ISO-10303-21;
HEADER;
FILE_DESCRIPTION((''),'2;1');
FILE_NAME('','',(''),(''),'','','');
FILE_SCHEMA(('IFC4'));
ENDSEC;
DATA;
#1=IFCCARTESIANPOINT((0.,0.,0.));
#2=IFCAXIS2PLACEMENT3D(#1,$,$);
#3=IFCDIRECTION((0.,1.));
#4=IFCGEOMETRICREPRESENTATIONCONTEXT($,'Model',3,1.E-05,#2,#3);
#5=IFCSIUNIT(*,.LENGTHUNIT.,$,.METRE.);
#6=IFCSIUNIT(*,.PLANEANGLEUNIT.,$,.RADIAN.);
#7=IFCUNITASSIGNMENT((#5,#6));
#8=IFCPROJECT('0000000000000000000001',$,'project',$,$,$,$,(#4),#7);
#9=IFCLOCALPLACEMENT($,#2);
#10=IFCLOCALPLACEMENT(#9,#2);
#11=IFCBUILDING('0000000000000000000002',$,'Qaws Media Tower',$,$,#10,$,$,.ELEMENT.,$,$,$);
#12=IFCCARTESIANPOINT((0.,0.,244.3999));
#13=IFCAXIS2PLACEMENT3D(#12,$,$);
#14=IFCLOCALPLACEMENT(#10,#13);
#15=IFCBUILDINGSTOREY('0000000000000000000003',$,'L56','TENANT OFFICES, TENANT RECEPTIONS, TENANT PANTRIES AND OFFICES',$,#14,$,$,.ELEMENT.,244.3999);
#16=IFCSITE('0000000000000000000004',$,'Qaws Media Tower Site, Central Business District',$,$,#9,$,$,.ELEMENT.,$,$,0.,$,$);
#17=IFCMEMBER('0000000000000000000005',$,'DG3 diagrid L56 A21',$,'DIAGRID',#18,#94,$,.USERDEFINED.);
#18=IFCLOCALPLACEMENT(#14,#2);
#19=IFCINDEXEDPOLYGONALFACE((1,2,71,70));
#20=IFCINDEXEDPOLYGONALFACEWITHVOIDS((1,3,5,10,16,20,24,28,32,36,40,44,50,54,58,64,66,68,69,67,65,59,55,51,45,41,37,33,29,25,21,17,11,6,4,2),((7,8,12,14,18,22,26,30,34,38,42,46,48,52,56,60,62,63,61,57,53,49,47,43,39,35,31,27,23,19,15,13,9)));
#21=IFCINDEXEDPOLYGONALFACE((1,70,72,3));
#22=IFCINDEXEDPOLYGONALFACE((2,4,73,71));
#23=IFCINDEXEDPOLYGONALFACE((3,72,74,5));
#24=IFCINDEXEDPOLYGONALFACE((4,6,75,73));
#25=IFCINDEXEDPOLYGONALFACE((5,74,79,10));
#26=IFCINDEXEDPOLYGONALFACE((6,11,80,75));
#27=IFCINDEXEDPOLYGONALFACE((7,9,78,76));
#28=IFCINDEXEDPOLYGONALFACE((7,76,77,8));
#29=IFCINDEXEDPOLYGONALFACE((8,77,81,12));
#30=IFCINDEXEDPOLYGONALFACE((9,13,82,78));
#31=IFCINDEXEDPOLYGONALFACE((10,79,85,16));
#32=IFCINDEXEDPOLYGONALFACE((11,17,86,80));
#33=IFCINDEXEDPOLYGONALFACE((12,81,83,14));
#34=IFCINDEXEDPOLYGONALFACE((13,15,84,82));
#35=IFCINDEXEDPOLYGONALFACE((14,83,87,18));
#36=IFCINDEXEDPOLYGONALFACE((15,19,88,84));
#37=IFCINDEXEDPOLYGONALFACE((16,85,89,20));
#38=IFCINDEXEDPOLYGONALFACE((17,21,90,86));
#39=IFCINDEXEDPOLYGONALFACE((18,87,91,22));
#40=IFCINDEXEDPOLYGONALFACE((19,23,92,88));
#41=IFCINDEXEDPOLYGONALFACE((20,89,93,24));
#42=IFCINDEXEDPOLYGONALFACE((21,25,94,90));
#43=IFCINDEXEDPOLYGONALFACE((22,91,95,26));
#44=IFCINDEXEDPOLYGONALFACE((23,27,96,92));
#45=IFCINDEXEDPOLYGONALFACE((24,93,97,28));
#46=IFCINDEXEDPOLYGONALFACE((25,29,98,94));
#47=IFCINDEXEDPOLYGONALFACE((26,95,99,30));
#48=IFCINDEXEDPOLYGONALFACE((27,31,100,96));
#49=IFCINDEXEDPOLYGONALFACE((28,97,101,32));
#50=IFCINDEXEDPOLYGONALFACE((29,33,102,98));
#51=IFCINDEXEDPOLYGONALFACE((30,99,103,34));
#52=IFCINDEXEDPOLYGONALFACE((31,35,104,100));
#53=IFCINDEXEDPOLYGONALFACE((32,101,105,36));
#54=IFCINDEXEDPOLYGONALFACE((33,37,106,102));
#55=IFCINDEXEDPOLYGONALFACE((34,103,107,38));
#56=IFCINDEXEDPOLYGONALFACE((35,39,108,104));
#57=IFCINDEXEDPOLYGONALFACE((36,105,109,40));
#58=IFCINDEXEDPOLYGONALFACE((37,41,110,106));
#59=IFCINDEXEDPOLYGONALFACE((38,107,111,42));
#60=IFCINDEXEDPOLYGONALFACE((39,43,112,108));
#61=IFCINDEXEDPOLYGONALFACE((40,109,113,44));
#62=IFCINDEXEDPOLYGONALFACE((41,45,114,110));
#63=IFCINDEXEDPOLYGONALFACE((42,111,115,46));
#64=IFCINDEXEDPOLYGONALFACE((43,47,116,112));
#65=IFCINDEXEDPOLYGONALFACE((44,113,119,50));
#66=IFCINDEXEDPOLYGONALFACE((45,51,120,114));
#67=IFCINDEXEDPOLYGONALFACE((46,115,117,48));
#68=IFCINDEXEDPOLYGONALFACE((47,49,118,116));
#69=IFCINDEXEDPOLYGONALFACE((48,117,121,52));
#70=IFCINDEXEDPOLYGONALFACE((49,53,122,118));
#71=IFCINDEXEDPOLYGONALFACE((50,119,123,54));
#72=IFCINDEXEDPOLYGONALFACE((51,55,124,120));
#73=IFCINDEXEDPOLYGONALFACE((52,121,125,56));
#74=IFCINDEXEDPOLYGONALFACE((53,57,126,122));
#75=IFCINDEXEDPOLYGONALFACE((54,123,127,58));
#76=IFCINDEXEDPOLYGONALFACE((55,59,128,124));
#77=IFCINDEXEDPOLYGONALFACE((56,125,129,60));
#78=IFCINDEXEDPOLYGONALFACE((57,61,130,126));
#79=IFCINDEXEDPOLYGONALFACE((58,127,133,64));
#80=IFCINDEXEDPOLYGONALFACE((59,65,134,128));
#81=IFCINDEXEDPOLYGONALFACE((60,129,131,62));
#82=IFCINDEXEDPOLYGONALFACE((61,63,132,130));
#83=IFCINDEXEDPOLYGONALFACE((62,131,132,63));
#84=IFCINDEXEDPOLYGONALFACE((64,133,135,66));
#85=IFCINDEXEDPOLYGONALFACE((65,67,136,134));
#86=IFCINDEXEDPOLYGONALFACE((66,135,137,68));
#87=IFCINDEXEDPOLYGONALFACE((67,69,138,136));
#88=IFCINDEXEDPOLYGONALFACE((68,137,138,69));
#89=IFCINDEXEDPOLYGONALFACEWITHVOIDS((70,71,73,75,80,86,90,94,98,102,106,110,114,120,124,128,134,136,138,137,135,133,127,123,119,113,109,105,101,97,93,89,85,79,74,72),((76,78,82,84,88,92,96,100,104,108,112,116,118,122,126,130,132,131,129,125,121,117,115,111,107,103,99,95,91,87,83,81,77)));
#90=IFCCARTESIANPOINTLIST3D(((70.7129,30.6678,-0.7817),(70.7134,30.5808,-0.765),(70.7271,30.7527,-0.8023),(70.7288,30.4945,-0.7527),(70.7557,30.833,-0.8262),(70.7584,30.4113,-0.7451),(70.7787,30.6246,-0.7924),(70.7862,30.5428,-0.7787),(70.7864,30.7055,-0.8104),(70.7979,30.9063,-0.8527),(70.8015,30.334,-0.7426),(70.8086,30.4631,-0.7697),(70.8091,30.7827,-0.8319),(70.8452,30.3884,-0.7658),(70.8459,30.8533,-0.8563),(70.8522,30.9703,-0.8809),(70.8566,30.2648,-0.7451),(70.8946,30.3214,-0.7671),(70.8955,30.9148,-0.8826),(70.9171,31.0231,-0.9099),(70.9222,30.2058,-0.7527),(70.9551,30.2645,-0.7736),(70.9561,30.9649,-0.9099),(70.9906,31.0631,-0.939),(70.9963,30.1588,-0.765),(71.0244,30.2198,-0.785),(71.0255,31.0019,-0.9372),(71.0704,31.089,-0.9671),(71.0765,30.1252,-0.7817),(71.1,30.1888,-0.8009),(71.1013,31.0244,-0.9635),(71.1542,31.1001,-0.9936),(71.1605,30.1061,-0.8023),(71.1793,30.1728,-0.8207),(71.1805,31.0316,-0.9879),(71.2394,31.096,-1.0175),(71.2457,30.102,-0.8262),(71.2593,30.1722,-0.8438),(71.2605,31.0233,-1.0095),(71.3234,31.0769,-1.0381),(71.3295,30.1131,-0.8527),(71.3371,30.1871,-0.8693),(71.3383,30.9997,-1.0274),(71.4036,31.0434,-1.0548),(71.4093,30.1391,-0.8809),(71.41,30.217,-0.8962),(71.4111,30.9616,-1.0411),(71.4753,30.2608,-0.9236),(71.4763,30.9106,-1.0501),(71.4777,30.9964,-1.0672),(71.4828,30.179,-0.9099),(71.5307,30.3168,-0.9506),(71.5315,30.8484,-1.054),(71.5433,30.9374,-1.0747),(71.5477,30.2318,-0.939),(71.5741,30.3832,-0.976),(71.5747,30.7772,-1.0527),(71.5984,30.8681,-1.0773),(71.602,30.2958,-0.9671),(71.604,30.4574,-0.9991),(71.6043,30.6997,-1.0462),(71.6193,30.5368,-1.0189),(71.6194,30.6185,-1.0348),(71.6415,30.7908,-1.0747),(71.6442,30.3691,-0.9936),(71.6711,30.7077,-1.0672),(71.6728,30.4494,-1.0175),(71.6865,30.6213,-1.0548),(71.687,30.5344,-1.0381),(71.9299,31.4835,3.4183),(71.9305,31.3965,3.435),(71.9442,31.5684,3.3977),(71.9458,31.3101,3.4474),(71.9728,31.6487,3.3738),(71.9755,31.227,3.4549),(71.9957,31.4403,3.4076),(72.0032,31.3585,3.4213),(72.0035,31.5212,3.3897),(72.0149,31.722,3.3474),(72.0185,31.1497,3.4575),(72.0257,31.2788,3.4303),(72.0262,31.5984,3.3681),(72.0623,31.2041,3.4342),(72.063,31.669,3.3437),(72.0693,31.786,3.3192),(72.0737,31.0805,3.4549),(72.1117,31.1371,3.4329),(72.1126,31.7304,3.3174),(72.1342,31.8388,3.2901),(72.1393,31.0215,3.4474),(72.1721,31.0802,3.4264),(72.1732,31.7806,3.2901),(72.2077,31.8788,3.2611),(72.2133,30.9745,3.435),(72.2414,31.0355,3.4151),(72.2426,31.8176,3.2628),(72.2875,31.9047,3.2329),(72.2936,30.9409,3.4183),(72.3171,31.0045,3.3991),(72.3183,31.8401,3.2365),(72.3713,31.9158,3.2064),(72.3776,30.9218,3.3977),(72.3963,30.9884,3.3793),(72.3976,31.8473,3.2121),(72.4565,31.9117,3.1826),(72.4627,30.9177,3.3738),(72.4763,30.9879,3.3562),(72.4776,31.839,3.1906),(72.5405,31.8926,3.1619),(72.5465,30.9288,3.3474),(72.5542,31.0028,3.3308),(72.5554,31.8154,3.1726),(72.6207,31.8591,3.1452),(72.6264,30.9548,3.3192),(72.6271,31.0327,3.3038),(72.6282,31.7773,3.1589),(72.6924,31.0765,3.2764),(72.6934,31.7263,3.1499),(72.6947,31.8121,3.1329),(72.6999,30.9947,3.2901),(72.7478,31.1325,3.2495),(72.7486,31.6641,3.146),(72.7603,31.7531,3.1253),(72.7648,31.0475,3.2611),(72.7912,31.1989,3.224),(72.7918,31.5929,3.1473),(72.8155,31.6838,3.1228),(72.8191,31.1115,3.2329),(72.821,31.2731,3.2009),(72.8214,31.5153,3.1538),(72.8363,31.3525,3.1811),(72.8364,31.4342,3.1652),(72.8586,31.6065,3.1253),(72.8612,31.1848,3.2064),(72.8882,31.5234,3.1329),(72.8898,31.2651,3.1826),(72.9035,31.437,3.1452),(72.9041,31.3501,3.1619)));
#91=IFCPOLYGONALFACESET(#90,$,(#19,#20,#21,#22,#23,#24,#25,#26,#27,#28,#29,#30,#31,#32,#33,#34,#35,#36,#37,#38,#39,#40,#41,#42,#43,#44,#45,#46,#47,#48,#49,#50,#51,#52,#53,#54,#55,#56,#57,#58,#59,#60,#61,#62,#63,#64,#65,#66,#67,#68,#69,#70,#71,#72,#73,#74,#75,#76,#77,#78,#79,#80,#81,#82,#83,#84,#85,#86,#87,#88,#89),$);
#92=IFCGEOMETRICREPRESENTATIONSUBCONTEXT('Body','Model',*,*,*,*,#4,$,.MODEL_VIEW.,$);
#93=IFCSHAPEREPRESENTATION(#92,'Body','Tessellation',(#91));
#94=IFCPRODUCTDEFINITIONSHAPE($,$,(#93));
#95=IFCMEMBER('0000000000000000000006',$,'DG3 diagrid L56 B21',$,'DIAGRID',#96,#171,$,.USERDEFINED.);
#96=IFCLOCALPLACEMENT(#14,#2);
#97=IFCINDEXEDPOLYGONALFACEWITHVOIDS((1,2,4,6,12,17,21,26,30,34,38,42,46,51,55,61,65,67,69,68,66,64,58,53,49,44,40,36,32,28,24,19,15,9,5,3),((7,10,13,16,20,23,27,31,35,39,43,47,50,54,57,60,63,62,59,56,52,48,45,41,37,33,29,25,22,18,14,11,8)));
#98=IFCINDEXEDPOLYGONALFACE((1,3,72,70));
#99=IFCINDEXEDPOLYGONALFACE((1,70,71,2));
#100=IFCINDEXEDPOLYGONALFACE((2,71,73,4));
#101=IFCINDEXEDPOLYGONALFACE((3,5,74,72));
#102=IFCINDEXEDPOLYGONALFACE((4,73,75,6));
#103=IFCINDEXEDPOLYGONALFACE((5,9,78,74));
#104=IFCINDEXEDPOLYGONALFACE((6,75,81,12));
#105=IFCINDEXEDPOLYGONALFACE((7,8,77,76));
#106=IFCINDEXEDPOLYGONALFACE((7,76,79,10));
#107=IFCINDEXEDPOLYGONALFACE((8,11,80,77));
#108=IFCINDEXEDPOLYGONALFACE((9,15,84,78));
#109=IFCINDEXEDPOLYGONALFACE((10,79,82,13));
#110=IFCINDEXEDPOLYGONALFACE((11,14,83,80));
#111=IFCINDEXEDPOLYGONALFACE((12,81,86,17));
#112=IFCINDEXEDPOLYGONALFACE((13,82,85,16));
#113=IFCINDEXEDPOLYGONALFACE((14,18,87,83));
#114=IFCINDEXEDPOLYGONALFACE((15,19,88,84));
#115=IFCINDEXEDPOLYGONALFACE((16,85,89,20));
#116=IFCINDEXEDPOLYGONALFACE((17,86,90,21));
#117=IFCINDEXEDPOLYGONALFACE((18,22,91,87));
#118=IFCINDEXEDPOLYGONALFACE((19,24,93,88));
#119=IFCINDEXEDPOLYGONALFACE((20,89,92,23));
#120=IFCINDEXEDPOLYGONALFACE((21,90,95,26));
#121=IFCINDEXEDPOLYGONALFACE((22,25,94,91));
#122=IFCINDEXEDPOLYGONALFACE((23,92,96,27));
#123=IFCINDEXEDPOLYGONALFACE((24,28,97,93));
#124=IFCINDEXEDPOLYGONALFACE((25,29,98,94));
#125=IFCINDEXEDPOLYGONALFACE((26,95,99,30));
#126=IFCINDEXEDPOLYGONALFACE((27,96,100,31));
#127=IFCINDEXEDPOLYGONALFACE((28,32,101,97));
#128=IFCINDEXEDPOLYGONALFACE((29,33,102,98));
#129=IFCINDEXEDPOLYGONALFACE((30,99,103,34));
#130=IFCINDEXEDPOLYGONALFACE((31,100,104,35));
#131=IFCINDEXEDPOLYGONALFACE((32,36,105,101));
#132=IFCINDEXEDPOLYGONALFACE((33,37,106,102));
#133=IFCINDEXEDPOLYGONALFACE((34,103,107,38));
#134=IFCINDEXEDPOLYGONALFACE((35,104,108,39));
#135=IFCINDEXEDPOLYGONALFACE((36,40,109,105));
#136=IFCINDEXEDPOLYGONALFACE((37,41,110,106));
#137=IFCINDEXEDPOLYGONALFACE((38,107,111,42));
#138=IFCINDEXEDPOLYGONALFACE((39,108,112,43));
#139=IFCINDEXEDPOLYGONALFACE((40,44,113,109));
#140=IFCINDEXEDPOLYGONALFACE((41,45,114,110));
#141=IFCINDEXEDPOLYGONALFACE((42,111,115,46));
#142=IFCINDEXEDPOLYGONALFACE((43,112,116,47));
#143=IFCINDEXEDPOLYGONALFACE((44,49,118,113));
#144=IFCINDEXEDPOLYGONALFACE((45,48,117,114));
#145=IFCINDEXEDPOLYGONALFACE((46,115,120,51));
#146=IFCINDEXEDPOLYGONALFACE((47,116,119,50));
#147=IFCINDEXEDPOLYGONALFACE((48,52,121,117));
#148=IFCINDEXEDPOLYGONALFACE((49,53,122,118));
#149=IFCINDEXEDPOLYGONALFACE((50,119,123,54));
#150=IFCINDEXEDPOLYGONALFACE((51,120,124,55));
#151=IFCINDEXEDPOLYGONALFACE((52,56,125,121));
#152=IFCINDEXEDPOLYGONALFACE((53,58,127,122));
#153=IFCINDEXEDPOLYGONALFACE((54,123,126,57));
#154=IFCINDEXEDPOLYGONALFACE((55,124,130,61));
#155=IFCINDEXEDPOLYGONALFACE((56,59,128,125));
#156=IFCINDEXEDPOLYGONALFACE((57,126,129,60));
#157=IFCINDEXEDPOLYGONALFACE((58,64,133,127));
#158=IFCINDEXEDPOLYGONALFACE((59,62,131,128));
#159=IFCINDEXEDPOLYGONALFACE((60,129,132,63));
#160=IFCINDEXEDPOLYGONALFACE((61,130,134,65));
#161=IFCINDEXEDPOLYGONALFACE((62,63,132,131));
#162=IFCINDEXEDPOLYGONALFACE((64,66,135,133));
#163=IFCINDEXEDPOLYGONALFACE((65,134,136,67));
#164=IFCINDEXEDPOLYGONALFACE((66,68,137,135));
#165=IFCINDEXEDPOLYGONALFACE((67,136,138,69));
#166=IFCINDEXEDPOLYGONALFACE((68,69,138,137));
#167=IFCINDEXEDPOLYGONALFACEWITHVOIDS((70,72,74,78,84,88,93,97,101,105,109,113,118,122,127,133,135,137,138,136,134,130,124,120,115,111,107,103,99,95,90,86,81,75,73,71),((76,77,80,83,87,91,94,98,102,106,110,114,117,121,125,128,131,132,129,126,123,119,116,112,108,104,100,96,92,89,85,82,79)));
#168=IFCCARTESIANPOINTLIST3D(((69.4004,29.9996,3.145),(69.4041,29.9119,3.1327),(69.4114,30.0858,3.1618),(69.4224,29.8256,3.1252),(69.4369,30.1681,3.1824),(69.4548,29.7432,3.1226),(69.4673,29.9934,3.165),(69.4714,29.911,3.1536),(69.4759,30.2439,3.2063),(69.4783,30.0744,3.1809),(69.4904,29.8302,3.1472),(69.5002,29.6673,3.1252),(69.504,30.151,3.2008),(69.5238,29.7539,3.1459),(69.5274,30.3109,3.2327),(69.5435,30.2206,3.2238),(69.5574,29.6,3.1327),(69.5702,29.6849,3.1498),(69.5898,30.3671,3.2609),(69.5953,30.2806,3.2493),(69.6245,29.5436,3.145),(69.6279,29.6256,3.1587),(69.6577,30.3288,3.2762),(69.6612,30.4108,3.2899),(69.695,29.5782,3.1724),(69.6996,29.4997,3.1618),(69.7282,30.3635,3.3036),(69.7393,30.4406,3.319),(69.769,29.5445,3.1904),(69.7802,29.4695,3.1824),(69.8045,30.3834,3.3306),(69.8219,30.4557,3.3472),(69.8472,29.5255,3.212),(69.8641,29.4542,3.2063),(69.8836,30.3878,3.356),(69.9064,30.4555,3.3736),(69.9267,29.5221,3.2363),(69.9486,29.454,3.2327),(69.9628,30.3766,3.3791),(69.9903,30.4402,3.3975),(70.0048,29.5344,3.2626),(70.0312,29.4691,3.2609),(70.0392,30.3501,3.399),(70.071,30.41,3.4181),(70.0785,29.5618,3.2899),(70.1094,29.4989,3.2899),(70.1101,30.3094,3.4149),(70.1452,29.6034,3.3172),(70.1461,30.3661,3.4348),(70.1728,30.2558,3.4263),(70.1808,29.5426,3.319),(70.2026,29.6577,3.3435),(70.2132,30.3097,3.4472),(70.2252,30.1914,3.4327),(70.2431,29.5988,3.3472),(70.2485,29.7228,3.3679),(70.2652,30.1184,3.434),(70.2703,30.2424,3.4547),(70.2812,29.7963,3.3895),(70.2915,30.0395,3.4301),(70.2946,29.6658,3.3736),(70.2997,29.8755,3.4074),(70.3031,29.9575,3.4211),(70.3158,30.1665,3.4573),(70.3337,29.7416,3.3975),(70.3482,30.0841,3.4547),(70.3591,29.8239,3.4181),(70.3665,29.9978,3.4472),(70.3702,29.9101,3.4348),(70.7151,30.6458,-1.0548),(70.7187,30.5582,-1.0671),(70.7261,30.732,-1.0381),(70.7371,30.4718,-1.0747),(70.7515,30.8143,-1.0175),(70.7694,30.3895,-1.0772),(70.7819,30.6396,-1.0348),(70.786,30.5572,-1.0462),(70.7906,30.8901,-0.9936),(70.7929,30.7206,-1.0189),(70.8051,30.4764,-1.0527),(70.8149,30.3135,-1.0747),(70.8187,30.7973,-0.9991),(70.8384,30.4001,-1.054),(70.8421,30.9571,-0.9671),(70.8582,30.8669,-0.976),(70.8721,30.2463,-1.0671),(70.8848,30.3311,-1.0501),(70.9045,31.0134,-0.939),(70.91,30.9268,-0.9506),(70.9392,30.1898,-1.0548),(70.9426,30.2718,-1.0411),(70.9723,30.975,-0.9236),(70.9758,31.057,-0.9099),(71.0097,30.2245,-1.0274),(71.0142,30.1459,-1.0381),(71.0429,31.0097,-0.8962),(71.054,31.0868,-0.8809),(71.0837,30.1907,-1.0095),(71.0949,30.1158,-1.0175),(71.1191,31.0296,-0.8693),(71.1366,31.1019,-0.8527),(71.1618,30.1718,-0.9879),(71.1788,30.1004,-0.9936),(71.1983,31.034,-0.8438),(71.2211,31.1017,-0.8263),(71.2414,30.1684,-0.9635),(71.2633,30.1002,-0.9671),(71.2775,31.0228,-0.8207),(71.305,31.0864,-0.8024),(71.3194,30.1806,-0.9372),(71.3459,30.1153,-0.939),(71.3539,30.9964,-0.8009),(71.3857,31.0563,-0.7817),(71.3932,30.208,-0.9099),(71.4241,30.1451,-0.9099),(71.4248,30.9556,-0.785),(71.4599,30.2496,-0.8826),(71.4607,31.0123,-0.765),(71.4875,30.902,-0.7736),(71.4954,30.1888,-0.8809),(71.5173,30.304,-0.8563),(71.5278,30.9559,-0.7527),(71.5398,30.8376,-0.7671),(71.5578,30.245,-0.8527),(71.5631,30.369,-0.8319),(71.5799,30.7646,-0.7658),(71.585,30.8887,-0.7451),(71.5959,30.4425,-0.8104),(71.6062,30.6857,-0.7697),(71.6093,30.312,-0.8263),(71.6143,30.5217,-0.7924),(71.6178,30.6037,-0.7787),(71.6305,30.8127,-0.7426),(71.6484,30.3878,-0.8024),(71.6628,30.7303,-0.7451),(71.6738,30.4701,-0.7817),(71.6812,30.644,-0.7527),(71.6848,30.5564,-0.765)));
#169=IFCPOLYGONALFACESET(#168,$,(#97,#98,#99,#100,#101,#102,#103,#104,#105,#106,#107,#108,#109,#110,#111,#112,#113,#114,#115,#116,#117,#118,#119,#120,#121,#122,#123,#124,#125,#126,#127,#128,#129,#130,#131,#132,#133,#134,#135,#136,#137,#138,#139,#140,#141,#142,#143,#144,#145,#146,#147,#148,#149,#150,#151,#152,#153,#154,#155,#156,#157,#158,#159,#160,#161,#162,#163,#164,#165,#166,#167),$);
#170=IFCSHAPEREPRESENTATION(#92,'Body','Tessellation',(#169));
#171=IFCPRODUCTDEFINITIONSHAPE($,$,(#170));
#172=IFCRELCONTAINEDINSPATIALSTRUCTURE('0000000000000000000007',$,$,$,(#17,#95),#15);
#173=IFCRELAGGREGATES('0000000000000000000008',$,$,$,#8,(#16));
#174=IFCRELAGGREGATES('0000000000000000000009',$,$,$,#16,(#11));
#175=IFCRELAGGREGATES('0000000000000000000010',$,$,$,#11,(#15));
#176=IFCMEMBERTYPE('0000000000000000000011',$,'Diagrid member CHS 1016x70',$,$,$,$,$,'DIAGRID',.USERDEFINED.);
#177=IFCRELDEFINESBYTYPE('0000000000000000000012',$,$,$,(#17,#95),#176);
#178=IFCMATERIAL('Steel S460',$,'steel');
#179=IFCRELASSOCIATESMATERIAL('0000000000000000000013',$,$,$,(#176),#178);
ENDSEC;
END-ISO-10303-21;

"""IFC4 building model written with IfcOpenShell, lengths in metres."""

from ifc_helpers import new_model, si_unit, direction, frame, origin, origin_2d, place, context, subcontext, project, spatial, hollow_circle, extrude, material, material_profile, profile_set, type_object, element, save


model = new_model("IFC4")

# Units and contexts
model_context = context("Model", 3, precision=1e-05, world=origin(), true_north=direction((0.0, 1.0)))
body_context = subcontext(model_context, "Body", "Model", "MODEL_VIEW")
ifc_project = project(units=[si_unit("LENGTHUNIT", "METRE"), si_unit("PLANEANGLEUNIT", "RADIAN")], contexts=[model_context])

# Site, building, storey
site_placement = place(None, origin())
site = spatial("IfcSite", under=ifc_project, at=site_placement, Name="Qaws Media Tower Site, Central Business District", CompositionType="ELEMENT", RefElevation=0.0)
building_placement = place(site_placement, origin())
building = spatial("IfcBuilding", under=site, at=building_placement, Name="Qaws Media Tower", CompositionType="ELEMENT")
storey_placement = place(building_placement, frame((0.0, 0.0, 244.3999)))
storey = spatial("IfcBuildingStorey", under=building, at=storey_placement, Name="L56", Description="TENANT OFFICES, TENANT RECEPTIONS, TENANT PANTRIES AND OFFICES", CompositionType="ELEMENT", Elevation=244.3999)

# Members
ifc_material_1 = material(Name="Steel S460", Category="steel")
ifc_material_profile_1 = material_profile(ifc_material_1, hollow_circle(Radius=0.5081, WallThickness=0.0701, at=origin_2d()), Name="CHS 1016x70")
ifc_profile_set_1 = profile_set([ifc_material_profile_1], Name="Steel S460")
member_type_1 = type_object("IfcMemberType", Name="Diagrid member CHS 1016x70", ElementType="DIAGRID", PredefinedType="USERDEFINED", material=ifc_profile_set_1)
member_1_placement = place(storey_placement, frame((71.2, 30.6011, -0.9099), z_axis=(0.273606, 0.183373, 0.9442), x_axis=(-0.556737, 0.830689, 0.0)))
element("IfcMember", 1, at=member_1_placement, inside=storey, type_object=member_type_1, Name="DG3 diagrid L56 A21", ObjectType="DIAGRID", PredefinedType="USERDEFINED", context=body_context, shape_type="SweptSolid", body=[
    extrude(hollow_circle(Radius=0.5081, WallThickness=0.0701, at=origin_2d()), origin(), (0.0, 0.0, 1.0), 4.4482),
])
member_2_placement = place(storey_placement, frame((71.2, 30.6011, -0.9099), z_axis=(-0.295563, -0.145284, 0.944211), x_axis=(0.441137, -0.89744, 0.0)))
element("IfcMember", 2, at=member_2_placement, inside=storey, type_object=member_type_1, Name="DG3 diagrid L56 B21", ObjectType="DIAGRID", PredefinedType="USERDEFINED", context=body_context, shape_type="SweptSolid", body=[
    extrude(hollow_circle(Radius=0.5081, WallThickness=0.0701, at=origin_2d()), origin(), (0.0, 0.0, 1.0), 4.448),
])

save(model, "model.ifc")
